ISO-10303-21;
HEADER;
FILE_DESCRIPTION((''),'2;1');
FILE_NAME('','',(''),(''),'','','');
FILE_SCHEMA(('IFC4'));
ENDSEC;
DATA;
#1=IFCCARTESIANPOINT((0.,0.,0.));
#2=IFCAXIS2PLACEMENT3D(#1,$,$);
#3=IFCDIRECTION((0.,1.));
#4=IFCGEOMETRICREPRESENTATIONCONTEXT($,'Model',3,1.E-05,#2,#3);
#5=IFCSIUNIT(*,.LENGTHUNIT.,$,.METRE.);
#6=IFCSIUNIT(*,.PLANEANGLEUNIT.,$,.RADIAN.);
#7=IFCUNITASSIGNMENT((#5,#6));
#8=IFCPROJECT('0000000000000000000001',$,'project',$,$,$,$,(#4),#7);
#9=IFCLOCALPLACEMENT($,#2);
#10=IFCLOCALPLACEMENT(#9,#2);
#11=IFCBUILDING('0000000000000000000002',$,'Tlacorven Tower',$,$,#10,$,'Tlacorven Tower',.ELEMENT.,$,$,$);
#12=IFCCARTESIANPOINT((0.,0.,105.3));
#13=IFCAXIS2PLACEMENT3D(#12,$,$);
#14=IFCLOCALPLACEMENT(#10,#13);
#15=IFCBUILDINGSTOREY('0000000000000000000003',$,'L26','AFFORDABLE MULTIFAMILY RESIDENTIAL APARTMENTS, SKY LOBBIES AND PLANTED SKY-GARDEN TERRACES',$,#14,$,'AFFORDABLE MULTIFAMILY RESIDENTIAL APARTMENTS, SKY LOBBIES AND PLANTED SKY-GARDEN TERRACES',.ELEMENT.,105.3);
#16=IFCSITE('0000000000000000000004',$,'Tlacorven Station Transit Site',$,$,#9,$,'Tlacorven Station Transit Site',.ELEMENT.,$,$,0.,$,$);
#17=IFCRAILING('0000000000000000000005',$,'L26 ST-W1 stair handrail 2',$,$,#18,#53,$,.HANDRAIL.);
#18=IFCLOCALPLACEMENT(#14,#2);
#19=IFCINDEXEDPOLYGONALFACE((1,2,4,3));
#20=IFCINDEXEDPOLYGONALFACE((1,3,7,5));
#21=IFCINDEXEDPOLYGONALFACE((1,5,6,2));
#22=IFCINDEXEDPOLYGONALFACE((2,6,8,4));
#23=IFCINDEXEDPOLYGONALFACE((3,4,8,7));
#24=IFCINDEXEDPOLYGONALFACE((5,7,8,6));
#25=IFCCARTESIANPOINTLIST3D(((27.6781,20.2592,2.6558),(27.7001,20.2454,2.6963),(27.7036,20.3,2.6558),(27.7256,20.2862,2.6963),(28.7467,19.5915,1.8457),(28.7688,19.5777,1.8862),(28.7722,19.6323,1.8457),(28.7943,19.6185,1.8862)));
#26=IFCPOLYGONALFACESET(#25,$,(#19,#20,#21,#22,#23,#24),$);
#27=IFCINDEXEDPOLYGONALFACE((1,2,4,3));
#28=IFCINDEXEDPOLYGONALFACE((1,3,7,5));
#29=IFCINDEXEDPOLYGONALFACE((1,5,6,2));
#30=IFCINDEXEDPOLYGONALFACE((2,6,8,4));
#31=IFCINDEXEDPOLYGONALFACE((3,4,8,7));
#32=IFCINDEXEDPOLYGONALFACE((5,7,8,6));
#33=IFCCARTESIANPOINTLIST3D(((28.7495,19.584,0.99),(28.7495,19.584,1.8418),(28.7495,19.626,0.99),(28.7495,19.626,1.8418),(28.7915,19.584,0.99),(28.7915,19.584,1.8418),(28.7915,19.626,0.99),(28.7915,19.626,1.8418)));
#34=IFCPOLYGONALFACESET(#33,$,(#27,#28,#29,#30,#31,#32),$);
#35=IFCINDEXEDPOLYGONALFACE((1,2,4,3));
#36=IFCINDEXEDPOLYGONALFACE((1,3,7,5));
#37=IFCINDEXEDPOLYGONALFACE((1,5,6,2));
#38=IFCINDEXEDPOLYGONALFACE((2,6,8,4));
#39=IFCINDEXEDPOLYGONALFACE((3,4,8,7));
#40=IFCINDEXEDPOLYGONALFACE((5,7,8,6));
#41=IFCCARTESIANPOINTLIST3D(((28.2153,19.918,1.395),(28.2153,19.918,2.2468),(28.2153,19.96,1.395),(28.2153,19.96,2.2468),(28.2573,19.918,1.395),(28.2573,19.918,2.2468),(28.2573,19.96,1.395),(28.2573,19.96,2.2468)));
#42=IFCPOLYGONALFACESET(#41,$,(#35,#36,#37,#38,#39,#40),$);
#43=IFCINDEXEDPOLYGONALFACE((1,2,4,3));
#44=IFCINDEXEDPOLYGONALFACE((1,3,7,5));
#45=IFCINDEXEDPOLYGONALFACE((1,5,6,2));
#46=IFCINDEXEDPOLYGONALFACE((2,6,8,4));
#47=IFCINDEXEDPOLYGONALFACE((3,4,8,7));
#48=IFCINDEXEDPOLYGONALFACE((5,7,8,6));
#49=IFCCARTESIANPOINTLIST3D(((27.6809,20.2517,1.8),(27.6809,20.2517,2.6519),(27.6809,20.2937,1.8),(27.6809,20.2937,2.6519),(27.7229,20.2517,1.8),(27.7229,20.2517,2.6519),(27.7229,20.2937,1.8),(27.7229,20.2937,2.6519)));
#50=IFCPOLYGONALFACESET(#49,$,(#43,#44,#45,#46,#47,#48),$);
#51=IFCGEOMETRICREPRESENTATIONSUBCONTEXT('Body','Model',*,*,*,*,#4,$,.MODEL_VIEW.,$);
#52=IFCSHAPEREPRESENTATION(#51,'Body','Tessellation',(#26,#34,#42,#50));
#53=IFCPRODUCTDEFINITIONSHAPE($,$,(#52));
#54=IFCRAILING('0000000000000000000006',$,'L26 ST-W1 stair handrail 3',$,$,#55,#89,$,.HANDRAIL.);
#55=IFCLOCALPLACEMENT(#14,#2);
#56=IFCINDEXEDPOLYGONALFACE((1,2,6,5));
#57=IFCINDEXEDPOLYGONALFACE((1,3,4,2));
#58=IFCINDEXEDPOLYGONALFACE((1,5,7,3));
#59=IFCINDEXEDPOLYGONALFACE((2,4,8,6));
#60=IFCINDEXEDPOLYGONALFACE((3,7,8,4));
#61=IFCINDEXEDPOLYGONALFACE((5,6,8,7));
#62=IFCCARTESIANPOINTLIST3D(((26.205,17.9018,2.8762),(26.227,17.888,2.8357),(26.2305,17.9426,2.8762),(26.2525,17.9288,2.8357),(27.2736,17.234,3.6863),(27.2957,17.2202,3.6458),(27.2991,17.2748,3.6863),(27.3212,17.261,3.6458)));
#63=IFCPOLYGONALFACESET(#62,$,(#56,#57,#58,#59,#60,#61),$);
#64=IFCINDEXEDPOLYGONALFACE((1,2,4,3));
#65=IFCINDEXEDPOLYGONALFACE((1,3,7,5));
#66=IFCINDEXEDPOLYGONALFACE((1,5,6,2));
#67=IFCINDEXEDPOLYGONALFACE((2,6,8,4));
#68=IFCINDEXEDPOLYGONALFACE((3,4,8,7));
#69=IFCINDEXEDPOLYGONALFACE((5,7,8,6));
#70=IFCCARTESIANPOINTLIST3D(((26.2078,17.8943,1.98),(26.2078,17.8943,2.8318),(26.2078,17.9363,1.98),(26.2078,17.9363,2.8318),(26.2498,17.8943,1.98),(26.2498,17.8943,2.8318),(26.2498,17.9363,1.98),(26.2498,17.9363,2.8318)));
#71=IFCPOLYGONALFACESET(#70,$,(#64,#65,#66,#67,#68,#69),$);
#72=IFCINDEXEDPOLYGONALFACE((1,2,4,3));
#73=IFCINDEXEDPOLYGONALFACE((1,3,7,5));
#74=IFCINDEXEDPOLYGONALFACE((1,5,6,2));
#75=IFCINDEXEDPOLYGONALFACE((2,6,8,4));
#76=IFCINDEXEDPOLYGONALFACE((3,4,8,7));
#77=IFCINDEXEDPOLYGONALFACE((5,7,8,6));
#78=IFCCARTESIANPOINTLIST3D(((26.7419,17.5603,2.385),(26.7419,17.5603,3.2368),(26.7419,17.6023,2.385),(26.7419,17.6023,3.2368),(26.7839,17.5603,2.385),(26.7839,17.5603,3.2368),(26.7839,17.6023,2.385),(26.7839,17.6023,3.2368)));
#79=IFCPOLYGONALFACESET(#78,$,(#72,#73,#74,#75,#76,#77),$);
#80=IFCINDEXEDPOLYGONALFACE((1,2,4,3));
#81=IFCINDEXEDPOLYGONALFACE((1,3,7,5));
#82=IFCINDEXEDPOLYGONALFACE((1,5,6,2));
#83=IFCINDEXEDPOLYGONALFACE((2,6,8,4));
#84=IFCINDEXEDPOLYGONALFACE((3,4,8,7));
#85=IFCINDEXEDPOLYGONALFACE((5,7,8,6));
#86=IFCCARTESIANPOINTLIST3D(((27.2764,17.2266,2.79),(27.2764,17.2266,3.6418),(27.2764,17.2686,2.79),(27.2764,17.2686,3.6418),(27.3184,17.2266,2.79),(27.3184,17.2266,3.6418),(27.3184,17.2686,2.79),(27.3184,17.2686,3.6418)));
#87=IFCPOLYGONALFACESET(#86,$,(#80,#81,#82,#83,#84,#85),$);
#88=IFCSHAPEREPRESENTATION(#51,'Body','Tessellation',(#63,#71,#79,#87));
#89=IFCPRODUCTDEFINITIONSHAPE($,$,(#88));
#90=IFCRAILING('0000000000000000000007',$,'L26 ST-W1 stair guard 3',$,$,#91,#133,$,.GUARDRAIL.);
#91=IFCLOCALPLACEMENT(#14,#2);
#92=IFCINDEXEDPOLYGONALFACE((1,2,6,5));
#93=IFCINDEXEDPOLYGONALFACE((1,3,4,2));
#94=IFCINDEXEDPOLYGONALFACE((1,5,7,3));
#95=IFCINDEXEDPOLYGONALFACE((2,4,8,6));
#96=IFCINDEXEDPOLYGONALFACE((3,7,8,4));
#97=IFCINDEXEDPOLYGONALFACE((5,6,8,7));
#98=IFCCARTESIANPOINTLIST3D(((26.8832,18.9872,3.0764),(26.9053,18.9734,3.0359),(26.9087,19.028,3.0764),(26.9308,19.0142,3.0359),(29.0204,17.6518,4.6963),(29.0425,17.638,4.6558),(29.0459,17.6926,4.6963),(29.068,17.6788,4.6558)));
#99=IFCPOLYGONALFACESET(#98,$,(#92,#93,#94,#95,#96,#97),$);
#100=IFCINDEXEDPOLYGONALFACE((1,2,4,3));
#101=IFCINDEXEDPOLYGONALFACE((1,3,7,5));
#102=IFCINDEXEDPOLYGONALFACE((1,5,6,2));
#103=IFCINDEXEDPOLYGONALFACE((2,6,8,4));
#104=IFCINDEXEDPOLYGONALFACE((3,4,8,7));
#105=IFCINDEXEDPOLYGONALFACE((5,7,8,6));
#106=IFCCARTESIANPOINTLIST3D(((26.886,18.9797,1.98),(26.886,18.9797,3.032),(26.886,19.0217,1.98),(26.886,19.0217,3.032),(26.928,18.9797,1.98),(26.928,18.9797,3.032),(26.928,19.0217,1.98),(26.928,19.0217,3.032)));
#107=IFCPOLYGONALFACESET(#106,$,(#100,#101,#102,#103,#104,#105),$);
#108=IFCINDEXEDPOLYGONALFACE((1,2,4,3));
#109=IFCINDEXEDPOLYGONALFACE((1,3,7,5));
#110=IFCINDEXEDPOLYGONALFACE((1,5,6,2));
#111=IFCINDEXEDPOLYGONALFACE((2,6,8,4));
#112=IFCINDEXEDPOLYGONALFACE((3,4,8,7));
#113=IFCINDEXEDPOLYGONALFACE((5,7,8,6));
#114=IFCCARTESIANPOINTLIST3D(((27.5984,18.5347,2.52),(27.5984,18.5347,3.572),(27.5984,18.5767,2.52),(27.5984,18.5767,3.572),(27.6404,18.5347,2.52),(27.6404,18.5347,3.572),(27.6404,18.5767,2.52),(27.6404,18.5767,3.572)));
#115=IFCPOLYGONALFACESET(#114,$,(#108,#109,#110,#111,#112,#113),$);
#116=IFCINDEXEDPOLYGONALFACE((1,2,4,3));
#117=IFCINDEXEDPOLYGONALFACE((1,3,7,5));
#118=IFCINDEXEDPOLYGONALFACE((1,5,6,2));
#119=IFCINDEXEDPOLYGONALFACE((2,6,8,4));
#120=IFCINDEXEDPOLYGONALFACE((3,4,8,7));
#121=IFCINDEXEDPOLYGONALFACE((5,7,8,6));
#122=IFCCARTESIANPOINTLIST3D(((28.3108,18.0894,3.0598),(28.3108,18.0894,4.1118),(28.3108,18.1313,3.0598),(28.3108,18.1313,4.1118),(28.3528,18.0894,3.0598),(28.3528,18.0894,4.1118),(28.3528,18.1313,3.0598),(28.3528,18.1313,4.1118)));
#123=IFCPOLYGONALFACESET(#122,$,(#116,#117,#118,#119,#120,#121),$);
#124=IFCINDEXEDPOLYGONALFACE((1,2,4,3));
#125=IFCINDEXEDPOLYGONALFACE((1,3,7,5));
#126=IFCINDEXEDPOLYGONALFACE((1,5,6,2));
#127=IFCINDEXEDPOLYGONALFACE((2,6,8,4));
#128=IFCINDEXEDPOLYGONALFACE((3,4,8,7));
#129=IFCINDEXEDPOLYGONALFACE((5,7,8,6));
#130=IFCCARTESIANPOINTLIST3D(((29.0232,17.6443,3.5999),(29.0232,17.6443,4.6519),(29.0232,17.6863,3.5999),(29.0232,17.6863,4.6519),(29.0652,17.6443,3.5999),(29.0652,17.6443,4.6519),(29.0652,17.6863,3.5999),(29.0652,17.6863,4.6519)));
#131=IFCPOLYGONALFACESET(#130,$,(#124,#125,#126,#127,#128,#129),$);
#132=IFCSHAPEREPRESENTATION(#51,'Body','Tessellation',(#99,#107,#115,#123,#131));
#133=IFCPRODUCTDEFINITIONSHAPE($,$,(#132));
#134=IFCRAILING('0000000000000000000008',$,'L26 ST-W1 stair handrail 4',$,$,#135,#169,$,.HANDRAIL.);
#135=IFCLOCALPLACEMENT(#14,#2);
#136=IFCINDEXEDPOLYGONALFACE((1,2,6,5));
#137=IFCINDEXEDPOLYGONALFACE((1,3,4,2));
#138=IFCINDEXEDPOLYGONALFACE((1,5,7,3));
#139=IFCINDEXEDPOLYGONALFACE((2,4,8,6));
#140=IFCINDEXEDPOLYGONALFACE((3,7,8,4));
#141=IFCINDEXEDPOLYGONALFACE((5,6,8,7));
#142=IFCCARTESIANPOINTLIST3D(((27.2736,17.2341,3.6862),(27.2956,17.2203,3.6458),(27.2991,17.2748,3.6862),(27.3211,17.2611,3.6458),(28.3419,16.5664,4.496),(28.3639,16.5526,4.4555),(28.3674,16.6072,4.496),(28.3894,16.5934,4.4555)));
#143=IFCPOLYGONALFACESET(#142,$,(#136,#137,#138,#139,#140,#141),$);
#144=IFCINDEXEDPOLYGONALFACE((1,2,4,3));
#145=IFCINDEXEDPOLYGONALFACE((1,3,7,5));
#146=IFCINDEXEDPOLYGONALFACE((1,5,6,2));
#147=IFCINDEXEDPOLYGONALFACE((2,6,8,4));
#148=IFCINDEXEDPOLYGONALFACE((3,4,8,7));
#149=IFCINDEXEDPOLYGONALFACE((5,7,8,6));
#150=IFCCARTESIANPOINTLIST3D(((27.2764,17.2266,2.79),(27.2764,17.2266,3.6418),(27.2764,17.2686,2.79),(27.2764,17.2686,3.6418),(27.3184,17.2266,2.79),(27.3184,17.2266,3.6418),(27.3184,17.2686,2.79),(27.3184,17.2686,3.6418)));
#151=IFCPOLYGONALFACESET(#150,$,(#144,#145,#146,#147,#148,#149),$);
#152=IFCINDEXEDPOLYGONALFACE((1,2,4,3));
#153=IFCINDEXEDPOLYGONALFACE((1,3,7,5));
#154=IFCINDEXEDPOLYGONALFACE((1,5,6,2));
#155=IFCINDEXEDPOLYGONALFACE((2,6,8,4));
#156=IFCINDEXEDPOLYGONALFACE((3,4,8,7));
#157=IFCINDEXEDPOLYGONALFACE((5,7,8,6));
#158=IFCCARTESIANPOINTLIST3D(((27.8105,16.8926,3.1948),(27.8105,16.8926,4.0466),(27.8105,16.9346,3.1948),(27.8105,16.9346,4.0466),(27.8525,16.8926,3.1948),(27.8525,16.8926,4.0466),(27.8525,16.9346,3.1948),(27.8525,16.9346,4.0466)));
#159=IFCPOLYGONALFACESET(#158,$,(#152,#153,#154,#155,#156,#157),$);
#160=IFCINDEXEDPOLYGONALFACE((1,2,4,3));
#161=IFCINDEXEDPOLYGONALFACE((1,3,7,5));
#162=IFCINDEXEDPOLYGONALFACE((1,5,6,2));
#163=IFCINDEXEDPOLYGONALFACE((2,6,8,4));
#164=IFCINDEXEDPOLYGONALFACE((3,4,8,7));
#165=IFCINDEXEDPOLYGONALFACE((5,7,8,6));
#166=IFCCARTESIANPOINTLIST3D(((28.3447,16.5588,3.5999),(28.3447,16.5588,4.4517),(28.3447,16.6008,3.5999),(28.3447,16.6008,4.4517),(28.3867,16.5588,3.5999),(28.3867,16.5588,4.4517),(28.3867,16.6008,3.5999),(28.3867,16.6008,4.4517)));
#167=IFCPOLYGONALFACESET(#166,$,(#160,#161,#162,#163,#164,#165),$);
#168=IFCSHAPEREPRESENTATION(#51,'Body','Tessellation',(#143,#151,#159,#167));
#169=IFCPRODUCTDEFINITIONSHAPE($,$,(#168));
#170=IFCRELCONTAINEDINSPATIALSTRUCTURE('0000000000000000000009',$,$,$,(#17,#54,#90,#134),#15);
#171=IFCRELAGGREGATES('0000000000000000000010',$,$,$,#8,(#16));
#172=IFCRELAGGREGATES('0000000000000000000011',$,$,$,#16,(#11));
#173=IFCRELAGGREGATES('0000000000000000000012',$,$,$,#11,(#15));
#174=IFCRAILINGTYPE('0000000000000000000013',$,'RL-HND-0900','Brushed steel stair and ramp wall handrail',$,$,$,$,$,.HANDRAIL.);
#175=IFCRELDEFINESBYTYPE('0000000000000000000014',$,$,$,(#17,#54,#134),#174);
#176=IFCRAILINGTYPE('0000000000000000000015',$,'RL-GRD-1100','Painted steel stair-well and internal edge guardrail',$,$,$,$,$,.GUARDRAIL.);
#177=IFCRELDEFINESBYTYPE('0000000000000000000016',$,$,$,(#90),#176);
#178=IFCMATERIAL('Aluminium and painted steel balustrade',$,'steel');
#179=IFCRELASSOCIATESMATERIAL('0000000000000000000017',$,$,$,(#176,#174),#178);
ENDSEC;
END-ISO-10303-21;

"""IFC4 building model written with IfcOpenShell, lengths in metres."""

from ifc_helpers import new_model, si_unit, direction, frame, origin, origin_2d, place, context, subcontext, project, spatial, rectangle, extrude, source, transform, mapped, material, type_object, element, save


model = new_model("IFC4")

# Units and contexts
model_context = context("Model", 3, precision=1e-05, world=origin(), true_north=direction((0.0, 1.0)))
body_context = subcontext(model_context, "Body", "Model", "MODEL_VIEW")
ifc_project = project(units=[si_unit("LENGTHUNIT", "METRE"), si_unit("PLANEANGLEUNIT", "RADIAN")], contexts=[model_context])

# Site, building, storey
site_placement = place(None, origin())
site = spatial("IfcSite", under=ifc_project, at=site_placement, Name="Tlacorven Station Transit Site", LongName="Tlacorven Station Transit Site", CompositionType="ELEMENT", RefElevation=0.0)
building_placement = place(site_placement, origin())
building = spatial("IfcBuilding", under=site, at=building_placement, Name="Tlacorven Tower", LongName="Tlacorven Tower", CompositionType="ELEMENT")
storey_placement = place(building_placement, frame((0.0, 0.0, 105.3)))
storey = spatial("IfcBuildingStorey", under=building, at=storey_placement, Name="L26", Description="AFFORDABLE MULTIFAMILY RESIDENTIAL APARTMENTS, SKY LOBBIES AND PLANTED SKY-GARDEN TERRACES", LongName="AFFORDABLE MULTIFAMILY RESIDENTIAL APARTMENTS, SKY LOBBIES AND PLANTED SKY-GARDEN TERRACES", CompositionType="ELEMENT", Elevation=105.3)

# Railings
ifc_material_1 = material(Name="Aluminium and painted steel balustrade", Category="steel")
railing_type_1 = type_object("IfcRailingType", Name="RL-GRD-1100", Description="Painted steel stair-well and internal edge guardrail", PredefinedType="GUARDRAIL", material=ifc_material_1)
railing_type_2 = type_object("IfcRailingType", Name="RL-HND-0900", Description="Brushed steel stair and ramp wall handrail", PredefinedType="HANDRAIL", material=ifc_material_1)
shared_shape_1 = source(origin(), body_context, "Body", "SweptSolid", [
    extrude(rectangle(XDim=0.0481, YDim=0.0481, at=origin_2d()), frame((0.0, 0.0, 0.876), z_axis=(-0.71336, 0.445748, 0.540765), x_axis=(-0.529912, -0.848053, 0.0)), (0.0, 0.0, 1.0), 1.498),
    extrude(rectangle(XDim=0.042, YDim=0.042, at=origin_2d()), origin(), (0.0, 0.0, 1.0), 0.8518),
    extrude(rectangle(XDim=0.042, YDim=0.042, at=origin_2d()), frame((-0.5342, 0.334, 0.405)), (0.0, 0.0, 1.0), 0.8518),
    extrude(rectangle(XDim=0.042, YDim=0.042, at=origin_2d()), frame((-1.0686, 0.6677, 0.8101)), (0.0, 0.0, 1.0), 0.8518),
])
for number, where, name in (
    (1, (28.7705, 19.605, 0.99), "L26 ST-W1 stair handrail 2"),
):
    element("IfcRailing", number, at=place(storey_placement, frame(where)), inside=storey, type_object=railing_type_2, Name=name, PredefinedType="HANDRAIL", context=body_context, shape_type="MappedRepresentation", body=[
        mapped(shared_shape_1, transform((0.0, 0.0, 0.0), scale=1.0)),
    ])
shared_shape_2 = source(origin(), body_context, "Body", "SweptSolid", [
    extrude(rectangle(XDim=0.0481, YDim=0.0481, at=origin_2d()), frame((0.0, 0.0, 0.876), z_axis=(0.71336, -0.445748, 0.540765), x_axis=(0.529912, 0.848053, 0.0)), (0.0, 0.0, 1.0), 1.498),
    extrude(rectangle(XDim=0.042, YDim=0.042, at=origin_2d()), origin(), (0.0, 0.0, 1.0), 0.8518),
    extrude(rectangle(XDim=0.042, YDim=0.042, at=origin_2d()), frame((0.5342, -0.334, 0.405)), (0.0, 0.0, 1.0), 0.8518),
    extrude(rectangle(XDim=0.042, YDim=0.042, at=origin_2d()), frame((1.0686, -0.6677, 0.8101)), (0.0, 0.0, 1.0), 0.8518),
])
railing_1_placement = place(storey_placement, frame((26.2288, 17.9153, 1.98)))
element("IfcRailing", 2, at=railing_1_placement, inside=storey, type_object=railing_type_2, Name="L26 ST-W1 stair handrail 3", PredefinedType="HANDRAIL", context=body_context, shape_type="MappedRepresentation", body=[
    mapped(shared_shape_2, transform((0.0, 0.0, 0.0), scale=1.0)),
])
shared_shape_3 = source(origin(), body_context, "Body", "SweptSolid", [
    extrude(rectangle(XDim=0.0481, YDim=0.0481, at=origin_2d()), frame((0.0, 0.0, 1.0762), z_axis=(0.713391, -0.445768, 0.540707), x_axis=(0.529912, 0.848053, 0.0)), (0.0, 0.0, 1.0), 2.9958),
    extrude(rectangle(XDim=0.042, YDim=0.042, at=origin_2d()), origin(), (0.0, 0.0, 1.0), 1.052),
    extrude(rectangle(XDim=0.042, YDim=0.042, at=origin_2d()), frame((0.7124, -0.4451, 0.54)), (0.0, 0.0, 1.0), 1.052),
    extrude(rectangle(XDim=0.042, YDim=0.042, at=origin_2d()), frame((1.4248, -0.8904, 1.0798)), (0.0, 0.0, 1.0), 1.052),
    extrude(rectangle(XDim=0.042, YDim=0.042, at=origin_2d()), frame((2.1372, -1.3354, 1.6199)), (0.0, 0.0, 1.0), 1.052),
])
railing_2_placement = place(storey_placement, frame((26.907, 19.0007, 1.98)))
element("IfcRailing", 3, at=railing_2_placement, inside=storey, type_object=railing_type_1, Name="L26 ST-W1 stair guard 3", PredefinedType="GUARDRAIL", context=body_context, shape_type="MappedRepresentation", body=[
    mapped(shared_shape_3, transform((0.0, 0.0, 0.0), scale=1.0)),
])
shared_shape_4 = source(origin(), body_context, "Body", "SweptSolid", [
    extrude(rectangle(XDim=0.0481, YDim=0.0481, at=origin_2d()), frame((0.0, 0.0, 0.876), z_axis=(0.713343, -0.445839, 0.540712), x_axis=(0.529999, 0.847998, 0.0)), (0.0, 0.0, 1.0), 1.4976),
    extrude(rectangle(XDim=0.042, YDim=0.042, at=origin_2d()), origin(), (0.0, 0.0, 1.0), 0.8518),
    extrude(rectangle(XDim=0.042, YDim=0.042, at=origin_2d()), frame((0.5342, -0.334, 0.4048)), (0.0, 0.0, 1.0), 0.8518),
    extrude(rectangle(XDim=0.042, YDim=0.042, at=origin_2d()), frame((1.0684, -0.6677, 0.8098)), (0.0, 0.0, 1.0), 0.8518),
])
railing_3_placement = place(storey_placement, frame((27.2974, 17.2476, 2.79)))
element("IfcRailing", 4, at=railing_3_placement, inside=storey, type_object=railing_type_2, Name="L26 ST-W1 stair handrail 4", PredefinedType="HANDRAIL", context=body_context, shape_type="MappedRepresentation", body=[
    mapped(shared_shape_4, transform((0.0, 0.0, 0.0), scale=1.0)),
])

save(model, "model.ifc")
